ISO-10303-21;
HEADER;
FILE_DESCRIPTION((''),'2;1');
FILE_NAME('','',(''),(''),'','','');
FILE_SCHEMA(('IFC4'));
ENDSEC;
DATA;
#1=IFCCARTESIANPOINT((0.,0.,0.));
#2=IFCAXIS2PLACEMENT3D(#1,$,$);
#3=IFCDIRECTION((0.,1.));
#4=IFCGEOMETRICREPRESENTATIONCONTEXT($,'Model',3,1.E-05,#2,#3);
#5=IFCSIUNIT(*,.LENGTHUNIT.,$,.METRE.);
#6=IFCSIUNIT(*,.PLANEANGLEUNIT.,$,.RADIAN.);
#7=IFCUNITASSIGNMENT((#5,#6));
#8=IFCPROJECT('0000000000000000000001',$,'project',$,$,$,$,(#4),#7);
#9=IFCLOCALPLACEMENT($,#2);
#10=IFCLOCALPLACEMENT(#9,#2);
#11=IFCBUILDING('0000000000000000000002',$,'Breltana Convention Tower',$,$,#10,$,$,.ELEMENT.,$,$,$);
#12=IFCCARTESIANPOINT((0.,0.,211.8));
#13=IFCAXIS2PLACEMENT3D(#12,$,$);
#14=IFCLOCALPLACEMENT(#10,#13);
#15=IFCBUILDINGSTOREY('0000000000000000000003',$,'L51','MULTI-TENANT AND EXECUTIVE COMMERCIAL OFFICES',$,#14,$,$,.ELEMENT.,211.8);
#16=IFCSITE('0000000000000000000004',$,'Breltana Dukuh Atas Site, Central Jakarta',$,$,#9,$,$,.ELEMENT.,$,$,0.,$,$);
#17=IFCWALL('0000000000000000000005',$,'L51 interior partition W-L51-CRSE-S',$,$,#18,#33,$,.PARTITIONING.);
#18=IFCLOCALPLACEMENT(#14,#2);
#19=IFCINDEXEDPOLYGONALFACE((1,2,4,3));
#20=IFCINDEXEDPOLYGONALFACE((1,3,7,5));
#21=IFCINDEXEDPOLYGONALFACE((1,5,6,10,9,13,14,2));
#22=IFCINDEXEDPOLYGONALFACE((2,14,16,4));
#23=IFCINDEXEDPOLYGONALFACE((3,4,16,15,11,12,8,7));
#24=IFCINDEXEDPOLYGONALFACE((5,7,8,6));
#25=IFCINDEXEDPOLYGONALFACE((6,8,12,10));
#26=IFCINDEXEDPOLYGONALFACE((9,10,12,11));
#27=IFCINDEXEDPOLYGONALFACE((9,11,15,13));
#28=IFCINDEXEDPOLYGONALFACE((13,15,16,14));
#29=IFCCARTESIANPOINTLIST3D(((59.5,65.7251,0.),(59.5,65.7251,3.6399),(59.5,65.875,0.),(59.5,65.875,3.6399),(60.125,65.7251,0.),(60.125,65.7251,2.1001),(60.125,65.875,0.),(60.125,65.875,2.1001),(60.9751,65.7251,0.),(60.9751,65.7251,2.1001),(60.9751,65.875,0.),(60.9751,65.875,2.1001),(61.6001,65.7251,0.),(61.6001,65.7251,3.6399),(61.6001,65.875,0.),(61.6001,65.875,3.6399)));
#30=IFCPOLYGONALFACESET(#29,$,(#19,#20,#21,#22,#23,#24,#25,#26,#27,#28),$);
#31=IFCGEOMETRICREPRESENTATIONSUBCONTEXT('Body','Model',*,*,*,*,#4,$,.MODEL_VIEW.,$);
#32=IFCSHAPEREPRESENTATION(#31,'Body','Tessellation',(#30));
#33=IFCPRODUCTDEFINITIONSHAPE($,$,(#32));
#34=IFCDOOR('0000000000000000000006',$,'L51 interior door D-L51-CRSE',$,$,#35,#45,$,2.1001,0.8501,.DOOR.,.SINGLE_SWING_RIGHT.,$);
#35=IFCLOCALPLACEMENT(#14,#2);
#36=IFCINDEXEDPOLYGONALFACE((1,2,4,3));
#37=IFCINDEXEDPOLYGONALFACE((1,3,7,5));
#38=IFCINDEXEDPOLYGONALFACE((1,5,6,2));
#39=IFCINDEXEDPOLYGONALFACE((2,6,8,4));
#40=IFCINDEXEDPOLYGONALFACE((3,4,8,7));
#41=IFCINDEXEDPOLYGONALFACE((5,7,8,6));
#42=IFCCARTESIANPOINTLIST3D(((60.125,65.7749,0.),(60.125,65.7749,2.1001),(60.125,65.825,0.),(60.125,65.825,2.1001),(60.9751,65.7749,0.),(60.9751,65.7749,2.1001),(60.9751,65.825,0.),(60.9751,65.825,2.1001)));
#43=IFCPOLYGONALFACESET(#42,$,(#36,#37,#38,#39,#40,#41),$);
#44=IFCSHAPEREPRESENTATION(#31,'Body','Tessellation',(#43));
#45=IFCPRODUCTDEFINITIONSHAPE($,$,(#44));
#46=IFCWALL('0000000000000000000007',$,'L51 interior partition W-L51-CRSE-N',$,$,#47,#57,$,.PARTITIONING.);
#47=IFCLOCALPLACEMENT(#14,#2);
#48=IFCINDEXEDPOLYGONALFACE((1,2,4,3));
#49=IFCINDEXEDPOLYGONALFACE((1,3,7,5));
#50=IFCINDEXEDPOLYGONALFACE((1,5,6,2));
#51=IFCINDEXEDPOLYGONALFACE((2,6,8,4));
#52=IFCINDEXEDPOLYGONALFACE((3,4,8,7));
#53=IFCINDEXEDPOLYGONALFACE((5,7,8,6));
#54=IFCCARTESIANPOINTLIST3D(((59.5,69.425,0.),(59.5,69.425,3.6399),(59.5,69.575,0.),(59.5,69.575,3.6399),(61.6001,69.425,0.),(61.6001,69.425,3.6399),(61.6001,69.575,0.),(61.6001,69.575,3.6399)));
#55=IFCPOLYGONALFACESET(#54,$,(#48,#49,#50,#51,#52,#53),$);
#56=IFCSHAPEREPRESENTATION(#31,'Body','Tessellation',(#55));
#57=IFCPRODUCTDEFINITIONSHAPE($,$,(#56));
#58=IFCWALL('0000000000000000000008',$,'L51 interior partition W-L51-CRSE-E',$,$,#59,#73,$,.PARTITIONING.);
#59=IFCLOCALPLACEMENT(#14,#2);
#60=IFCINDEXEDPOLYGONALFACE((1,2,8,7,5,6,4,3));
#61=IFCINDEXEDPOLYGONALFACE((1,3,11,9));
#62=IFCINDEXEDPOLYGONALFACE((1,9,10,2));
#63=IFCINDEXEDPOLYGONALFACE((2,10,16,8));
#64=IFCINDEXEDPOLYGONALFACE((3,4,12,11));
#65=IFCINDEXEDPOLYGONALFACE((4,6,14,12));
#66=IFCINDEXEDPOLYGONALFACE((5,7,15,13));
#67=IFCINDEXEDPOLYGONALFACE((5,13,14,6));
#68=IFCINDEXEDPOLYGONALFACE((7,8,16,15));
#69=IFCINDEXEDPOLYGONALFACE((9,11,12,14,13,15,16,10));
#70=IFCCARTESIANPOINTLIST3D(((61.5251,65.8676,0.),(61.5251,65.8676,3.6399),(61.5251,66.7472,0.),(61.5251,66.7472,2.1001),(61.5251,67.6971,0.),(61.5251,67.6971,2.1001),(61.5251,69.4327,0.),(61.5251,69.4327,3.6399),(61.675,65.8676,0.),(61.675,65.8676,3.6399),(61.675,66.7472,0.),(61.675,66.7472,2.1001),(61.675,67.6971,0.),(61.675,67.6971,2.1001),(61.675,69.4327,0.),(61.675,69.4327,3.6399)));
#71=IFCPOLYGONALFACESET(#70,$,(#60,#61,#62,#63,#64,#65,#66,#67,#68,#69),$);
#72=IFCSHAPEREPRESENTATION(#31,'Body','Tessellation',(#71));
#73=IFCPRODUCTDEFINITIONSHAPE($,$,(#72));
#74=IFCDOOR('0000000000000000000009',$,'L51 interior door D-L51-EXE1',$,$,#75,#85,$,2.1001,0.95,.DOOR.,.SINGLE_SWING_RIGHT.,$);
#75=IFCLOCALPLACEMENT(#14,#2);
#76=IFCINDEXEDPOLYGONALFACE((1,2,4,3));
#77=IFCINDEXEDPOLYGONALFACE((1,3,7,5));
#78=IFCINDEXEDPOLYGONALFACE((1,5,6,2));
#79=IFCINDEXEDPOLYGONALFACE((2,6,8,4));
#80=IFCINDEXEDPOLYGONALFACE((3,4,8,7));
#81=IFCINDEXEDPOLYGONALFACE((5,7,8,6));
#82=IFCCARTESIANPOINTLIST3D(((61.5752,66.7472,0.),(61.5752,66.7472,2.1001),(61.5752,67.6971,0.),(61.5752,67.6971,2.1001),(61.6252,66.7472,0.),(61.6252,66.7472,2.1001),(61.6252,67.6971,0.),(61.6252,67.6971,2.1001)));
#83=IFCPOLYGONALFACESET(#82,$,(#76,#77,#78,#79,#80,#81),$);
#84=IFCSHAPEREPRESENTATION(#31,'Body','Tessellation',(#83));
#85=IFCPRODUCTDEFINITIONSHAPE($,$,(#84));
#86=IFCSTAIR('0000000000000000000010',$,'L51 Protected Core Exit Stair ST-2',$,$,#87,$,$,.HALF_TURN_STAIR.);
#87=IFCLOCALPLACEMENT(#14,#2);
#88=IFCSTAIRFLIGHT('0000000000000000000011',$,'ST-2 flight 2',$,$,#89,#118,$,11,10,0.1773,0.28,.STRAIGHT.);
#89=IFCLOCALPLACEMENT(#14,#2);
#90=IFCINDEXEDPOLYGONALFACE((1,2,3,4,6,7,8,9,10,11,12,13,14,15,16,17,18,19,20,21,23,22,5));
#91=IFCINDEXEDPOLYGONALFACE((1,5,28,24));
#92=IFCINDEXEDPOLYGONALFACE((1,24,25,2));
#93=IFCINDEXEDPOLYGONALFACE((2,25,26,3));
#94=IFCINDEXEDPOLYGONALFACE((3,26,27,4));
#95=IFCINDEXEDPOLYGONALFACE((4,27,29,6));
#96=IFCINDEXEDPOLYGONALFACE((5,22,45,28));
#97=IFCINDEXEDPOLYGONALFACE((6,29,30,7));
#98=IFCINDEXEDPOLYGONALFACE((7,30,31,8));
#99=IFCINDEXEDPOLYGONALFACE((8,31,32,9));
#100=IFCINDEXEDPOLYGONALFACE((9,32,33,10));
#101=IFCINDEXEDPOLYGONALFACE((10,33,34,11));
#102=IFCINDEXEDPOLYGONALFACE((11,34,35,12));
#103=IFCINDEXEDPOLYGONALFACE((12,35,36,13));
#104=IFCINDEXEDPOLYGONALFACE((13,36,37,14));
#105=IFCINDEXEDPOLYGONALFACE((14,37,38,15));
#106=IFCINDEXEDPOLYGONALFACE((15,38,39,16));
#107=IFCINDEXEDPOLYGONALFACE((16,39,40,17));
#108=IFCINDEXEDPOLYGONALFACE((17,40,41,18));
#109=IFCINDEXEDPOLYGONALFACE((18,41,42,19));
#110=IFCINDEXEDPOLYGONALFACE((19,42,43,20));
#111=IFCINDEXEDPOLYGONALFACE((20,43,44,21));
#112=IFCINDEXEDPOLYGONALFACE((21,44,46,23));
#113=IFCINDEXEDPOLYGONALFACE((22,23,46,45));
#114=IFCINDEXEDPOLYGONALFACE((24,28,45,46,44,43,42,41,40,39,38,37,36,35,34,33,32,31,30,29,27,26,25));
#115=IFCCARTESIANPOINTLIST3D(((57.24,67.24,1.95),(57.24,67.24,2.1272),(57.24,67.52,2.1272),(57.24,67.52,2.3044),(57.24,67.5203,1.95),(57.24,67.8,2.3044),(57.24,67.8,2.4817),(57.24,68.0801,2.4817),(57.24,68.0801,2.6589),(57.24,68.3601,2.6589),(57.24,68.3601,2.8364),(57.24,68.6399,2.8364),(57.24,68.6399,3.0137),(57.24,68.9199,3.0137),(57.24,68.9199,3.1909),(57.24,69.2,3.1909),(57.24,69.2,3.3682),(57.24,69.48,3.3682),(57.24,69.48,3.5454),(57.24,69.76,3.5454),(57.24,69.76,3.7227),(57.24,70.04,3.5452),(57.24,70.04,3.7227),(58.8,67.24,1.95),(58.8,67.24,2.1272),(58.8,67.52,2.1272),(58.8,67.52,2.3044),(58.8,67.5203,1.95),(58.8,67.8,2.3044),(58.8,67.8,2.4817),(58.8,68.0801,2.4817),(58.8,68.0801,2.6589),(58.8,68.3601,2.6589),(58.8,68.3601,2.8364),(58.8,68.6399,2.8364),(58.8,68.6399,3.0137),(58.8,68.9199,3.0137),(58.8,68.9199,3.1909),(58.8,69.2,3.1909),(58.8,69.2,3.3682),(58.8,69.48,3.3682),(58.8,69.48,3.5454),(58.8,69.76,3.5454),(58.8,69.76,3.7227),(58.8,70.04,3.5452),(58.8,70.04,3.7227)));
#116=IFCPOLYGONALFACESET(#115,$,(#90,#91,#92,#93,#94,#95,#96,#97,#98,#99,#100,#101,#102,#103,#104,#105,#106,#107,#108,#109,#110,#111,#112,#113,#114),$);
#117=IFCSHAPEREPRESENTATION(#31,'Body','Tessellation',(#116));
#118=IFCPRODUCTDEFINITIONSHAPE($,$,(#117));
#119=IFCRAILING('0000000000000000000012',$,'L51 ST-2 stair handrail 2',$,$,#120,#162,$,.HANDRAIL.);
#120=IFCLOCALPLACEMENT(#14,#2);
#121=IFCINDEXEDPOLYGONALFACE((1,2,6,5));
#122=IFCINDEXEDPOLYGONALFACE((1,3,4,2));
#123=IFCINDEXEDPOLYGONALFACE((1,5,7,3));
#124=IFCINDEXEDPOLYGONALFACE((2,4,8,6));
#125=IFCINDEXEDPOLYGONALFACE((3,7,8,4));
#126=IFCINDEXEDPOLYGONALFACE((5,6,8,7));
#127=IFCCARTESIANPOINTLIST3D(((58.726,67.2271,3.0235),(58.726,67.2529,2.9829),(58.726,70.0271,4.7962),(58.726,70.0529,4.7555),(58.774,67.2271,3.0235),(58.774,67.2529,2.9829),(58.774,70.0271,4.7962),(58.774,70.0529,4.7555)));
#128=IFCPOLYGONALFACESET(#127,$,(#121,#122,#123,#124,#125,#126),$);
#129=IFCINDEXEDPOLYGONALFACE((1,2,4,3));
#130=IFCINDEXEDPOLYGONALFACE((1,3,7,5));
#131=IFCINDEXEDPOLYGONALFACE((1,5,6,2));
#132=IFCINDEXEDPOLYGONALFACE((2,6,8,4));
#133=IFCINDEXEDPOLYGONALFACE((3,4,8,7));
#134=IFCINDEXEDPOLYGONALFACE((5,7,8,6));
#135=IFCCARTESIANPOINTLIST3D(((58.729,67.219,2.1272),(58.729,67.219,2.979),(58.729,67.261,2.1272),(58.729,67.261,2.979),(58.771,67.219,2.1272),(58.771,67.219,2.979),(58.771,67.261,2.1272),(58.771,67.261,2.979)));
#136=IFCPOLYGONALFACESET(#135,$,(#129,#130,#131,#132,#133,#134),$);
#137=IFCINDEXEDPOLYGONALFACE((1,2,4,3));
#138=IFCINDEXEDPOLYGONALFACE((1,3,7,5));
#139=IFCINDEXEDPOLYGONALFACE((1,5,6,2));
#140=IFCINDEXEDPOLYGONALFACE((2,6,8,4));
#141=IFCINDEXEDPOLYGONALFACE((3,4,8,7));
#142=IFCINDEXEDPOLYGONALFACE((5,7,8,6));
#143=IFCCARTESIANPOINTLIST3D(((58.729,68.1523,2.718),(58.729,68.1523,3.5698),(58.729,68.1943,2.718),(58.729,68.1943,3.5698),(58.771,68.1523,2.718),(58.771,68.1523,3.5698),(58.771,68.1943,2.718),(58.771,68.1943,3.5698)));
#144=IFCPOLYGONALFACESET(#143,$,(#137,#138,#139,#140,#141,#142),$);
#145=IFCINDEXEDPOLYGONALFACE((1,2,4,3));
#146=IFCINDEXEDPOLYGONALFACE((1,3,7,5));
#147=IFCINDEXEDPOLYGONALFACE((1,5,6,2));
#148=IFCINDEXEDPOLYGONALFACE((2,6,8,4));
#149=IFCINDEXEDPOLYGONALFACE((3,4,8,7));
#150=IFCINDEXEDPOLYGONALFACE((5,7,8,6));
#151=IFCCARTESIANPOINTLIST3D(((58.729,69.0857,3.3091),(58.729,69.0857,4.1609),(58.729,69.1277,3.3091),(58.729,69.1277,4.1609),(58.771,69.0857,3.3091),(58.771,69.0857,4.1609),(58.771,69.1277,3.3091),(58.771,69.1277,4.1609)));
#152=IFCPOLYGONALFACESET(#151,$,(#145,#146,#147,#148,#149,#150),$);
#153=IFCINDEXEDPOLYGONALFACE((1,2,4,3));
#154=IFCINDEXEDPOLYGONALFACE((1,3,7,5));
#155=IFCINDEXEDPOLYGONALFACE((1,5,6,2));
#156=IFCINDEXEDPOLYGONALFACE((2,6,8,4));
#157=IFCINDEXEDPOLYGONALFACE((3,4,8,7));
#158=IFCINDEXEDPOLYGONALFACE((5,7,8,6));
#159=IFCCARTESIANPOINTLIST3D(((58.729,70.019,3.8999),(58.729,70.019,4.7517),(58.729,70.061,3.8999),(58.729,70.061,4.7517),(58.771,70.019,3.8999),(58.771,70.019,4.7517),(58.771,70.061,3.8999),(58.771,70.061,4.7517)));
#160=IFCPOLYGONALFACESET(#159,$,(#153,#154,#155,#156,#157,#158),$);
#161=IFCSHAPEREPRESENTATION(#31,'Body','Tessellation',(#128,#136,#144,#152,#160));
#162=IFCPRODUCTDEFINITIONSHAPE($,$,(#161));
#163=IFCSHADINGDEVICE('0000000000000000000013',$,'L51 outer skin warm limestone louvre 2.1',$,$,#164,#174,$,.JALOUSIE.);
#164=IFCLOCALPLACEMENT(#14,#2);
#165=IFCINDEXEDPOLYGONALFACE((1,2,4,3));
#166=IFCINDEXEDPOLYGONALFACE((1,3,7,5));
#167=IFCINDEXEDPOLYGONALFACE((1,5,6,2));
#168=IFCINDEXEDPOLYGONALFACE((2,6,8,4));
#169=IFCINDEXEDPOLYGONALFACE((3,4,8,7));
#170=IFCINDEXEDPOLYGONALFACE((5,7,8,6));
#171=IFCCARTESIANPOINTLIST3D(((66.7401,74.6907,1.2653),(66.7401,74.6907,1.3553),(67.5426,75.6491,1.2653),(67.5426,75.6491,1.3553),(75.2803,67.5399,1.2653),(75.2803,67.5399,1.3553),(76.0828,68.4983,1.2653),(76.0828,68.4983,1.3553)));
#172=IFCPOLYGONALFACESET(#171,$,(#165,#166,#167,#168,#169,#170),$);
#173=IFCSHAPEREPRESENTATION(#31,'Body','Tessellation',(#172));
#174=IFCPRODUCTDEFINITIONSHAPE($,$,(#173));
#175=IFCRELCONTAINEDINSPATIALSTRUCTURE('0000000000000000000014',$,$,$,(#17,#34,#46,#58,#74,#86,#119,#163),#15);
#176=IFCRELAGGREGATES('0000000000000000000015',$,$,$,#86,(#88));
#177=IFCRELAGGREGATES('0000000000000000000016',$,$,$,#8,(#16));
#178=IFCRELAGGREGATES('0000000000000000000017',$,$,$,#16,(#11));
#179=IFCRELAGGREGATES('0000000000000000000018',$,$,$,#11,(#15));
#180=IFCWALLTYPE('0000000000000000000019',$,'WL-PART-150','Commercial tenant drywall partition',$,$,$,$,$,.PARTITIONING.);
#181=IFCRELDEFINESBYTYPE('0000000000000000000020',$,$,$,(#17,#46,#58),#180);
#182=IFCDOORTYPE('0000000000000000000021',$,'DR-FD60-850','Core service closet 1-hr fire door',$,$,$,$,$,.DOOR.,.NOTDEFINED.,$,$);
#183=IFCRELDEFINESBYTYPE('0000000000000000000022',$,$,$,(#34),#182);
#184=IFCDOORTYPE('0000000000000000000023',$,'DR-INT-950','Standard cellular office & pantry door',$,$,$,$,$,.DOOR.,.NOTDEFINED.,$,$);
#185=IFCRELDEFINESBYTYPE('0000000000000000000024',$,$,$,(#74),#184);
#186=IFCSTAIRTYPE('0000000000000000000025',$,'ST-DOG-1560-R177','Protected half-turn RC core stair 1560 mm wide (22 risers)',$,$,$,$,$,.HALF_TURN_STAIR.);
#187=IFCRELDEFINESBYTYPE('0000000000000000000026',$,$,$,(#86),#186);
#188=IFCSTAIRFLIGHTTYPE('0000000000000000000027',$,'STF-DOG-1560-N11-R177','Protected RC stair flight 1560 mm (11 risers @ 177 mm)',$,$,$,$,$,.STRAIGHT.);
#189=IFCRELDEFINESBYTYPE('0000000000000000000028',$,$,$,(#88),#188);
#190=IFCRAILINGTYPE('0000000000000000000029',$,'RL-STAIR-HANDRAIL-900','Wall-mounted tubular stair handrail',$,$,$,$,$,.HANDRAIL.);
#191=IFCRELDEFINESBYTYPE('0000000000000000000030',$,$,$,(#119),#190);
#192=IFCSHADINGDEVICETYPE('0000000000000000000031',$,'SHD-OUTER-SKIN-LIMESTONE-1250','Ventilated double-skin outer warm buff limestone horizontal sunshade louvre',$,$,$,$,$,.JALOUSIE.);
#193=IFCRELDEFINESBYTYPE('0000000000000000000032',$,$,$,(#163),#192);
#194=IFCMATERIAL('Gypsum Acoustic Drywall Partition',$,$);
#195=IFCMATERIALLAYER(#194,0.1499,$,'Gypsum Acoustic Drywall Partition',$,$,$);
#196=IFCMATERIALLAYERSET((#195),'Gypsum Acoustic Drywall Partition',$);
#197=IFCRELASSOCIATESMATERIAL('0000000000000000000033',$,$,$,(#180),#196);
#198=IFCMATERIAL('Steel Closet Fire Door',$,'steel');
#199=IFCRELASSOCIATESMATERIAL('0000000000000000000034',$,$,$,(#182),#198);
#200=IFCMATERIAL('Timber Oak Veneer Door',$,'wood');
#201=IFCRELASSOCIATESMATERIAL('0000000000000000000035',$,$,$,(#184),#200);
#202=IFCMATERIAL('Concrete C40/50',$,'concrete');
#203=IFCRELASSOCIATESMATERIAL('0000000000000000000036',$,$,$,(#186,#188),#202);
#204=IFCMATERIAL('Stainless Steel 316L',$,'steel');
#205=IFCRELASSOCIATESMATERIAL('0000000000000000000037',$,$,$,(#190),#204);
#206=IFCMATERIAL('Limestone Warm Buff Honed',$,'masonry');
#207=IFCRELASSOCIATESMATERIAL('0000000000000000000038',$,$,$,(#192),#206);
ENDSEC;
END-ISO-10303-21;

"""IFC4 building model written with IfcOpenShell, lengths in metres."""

from ifc_helpers import new_model, si_unit, direction, frame, frame_2d, origin, origin_2d, place, context, subcontext, project, spatial, polyline, rectangle, outline, extrude, source, transform, mapped, material, layer, layer_set, material_profile, profile_set, type_object, type_shapes, element, fill, aggregate, save


model = new_model("IFC4")

# Units and contexts
model_context = context("Model", 3, precision=1e-05, world=origin(), true_north=direction((0.0, 1.0)))
body_context = subcontext(model_context, "Body", "Model", "MODEL_VIEW")
ifc_project = project(units=[si_unit("LENGTHUNIT", "METRE"), si_unit("PLANEANGLEUNIT", "RADIAN")], contexts=[model_context])

# Site, building, storey
site_placement = place(None, origin())
site = spatial("IfcSite", under=ifc_project, at=site_placement, Name="Breltana Dukuh Atas Site, Central Jakarta", CompositionType="ELEMENT", RefElevation=0.0)
building_placement = place(site_placement, origin())
building = spatial("IfcBuilding", under=site, at=building_placement, Name="Breltana Convention Tower", CompositionType="ELEMENT")
storey_placement = place(building_placement, frame((0.0, 0.0, 211.8)))
storey = spatial("IfcBuildingStorey", under=building, at=storey_placement, Name="L51", Description="MULTI-TENANT AND EXECUTIVE COMMERCIAL OFFICES", CompositionType="ELEMENT", Elevation=211.8)

# Wall, opening, door
ifc_material_1 = material(Name="Gypsum Acoustic Drywall Partition")
ifc_layer_1 = layer(ifc_material_1, 0.1499, Name="Gypsum Acoustic Drywall Partition")
ifc_layer_set_1 = layer_set([ifc_layer_1], Name="Gypsum Acoustic Drywall Partition")
wall_type_1 = type_object("IfcWallType", Name="WL-PART-150", Description="Commercial tenant drywall partition", PredefinedType="PARTITIONING", material=ifc_layer_set_1)
shared_shape_1 = source(origin(), body_context, "Body", "SweptSolid", [
    extrude(rectangle(XDim=2.1001, YDim=0.1499, at=frame_2d((1.05, 0.0))), origin(), (0.0, 0.0, 1.0), 3.6399),
])
wall_1_placement = place(storey_placement, frame((59.5, 65.8, 0.0), z_axis=(0.0, 0.0, 1.0), x_axis=(1.0, 0.0, 0.0)))
wall_1 = element("IfcWall", 1, at=wall_1_placement, inside=storey, type_object=wall_type_1, Name="L51 interior partition W-L51-CRSE-S", PredefinedType="PARTITIONING", context=body_context, shape_type="MappedRepresentation", body=[
    mapped(shared_shape_1, transform((0.0, 0.0, 0.0), scale=1.0)),
])
opening_1_placement = place(wall_1_placement, frame((0.625, 0.0, 0.0)))
opening_1 = element("IfcOpeningElement", 2, at=opening_1_placement, cuts=wall_1, PredefinedType="OPENING", context=body_context, shape_type="SweptSolid", body=[
    extrude(rectangle(XDim=0.8501, YDim=2.1001, at=frame_2d((0.425, 1.05))), frame((0.0, 0.085, 0.0), z_axis=(0.0, -1.0, 0.0), x_axis=(1.0, 0.0, 0.0)), (0.0, 0.0, 1.0), 0.1699),
])
ifc_material_2 = material(Name="Steel Closet Fire Door", Category="steel")
door_type_1 = type_object("IfcDoorType", Name="DR-FD60-850", Description="Core service closet 1-hr fire door", OperationType="NOTDEFINED", PredefinedType="DOOR", material=ifc_material_2)
shared_shape_2 = source(origin(), body_context, "Body", "SweptSolid", [
    extrude(rectangle(XDim=0.8501, YDim=2.1001, at=frame_2d((0.425, 1.05))), frame((0.0, 0.0249, 0.0), z_axis=(0.0, -1.0, 0.0), x_axis=(1.0, 0.0, 0.0)), (0.0, 0.0, 1.0), 0.05),
])
type_shapes(door_type_1, [shared_shape_2])
door_1_placement = place(opening_1_placement, origin())
door_1 = element("IfcDoor", 3, at=door_1_placement, inside=storey, type_object=door_type_1, Name="L51 interior door D-L51-CRSE", OperationType="SINGLE_SWING_RIGHT", OverallHeight=2.1001, OverallWidth=0.8501, PredefinedType="DOOR", context=body_context, shape_type="MappedRepresentation", body=[
    mapped(shared_shape_2, transform((0.0, 0.0, 0.0), scale=1.0)),
])
fill(opening_1, door_1)

# Wall
wall_2_placement = place(storey_placement, frame((59.5, 69.5, 0.0), z_axis=(0.0, 0.0, 1.0), x_axis=(1.0, 0.0, 0.0)))
element("IfcWall", 4, at=wall_2_placement, inside=storey, type_object=wall_type_1, Name="L51 interior partition W-L51-CRSE-N", PredefinedType="PARTITIONING", context=body_context, shape_type="MappedRepresentation", body=[
    mapped(shared_shape_1, transform((0.0, 0.0, 0.0), scale=1.0)),
])

# Wall, opening, door
shared_shape_3 = source(origin(), body_context, "Body", "SweptSolid", [
    extrude(rectangle(XDim=3.5652, YDim=0.1499, at=frame_2d((1.7827, 0.0))), origin(), (0.0, 0.0, 1.0), 3.6399),
])
wall_3_placement = place(storey_placement, frame((61.6001, 65.8674, 0.0), z_axis=(0.0, 0.0, 1.0), x_axis=(0.0, 1.0, 0.0)))
wall_3 = element("IfcWall", 5, at=wall_3_placement, inside=storey, type_object=wall_type_1, Name="L51 interior partition W-L51-CRSE-E", PredefinedType="PARTITIONING", context=body_context, shape_type="MappedRepresentation", body=[
    mapped(shared_shape_3, transform((0.0, 0.0, 0.0), scale=1.0)),
])
opening_2_placement = place(wall_3_placement, frame((0.8796, 0.0, 0.0)))
opening_2 = element("IfcOpeningElement", 6, at=opening_2_placement, cuts=wall_3, PredefinedType="OPENING", context=body_context, shape_type="SweptSolid", body=[
    extrude(rectangle(XDim=0.95, YDim=2.1001, at=frame_2d((0.4751, 1.05))), frame((0.0, 0.085, 0.0), z_axis=(0.0, -1.0, 0.0), x_axis=(1.0, 0.0, 0.0)), (0.0, 0.0, 1.0), 0.1699),
])
ifc_material_3 = material(Name="Timber Oak Veneer Door", Category="wood")
door_type_2 = type_object("IfcDoorType", Name="DR-INT-950", Description="Standard cellular office & pantry door", OperationType="NOTDEFINED", PredefinedType="DOOR", material=ifc_material_3)
shared_shape_4 = source(origin(), body_context, "Body", "SweptSolid", [
    extrude(rectangle(XDim=0.95, YDim=2.1001, at=frame_2d((0.4751, 1.05))), frame((0.0, 0.0249, 0.0), z_axis=(0.0, -1.0, 0.0), x_axis=(1.0, 0.0, 0.0)), (0.0, 0.0, 1.0), 0.05),
])
type_shapes(door_type_2, [shared_shape_4])
door_2_placement = place(opening_2_placement, origin())
door_2 = element("IfcDoor", 7, at=door_2_placement, inside=storey, type_object=door_type_2, Name="L51 interior door D-L51-EXE1", OperationType="SINGLE_SWING_RIGHT", OverallHeight=2.1001, OverallWidth=0.95, PredefinedType="DOOR", context=body_context, shape_type="MappedRepresentation", body=[
    mapped(shared_shape_4, transform((0.0, 0.0, 0.0), scale=1.0)),
])
fill(opening_2, door_2)

# Stair, stair flight
ifc_material_4 = material(Name="Concrete C40/50", Category="concrete")
stair_type = type_object("IfcStairType", Name="ST-DOG-1560-R177", Description="Protected half-turn RC core stair 1560 mm wide (22 risers)", PredefinedType="HALF_TURN_STAIR", material=ifc_material_4)
stair_placement = place(storey_placement, origin())
stair = element("IfcStair", 8, at=stair_placement, inside=storey, type_object=stair_type, Name="L51 Protected Core Exit Stair ST-2", PredefinedType="HALF_TURN_STAIR")
stair_flight_type = type_object("IfcStairFlightType", Name="STF-DOG-1560-N11-R177", Description="Protected RC stair flight 1560 mm (11 risers @ 177 mm)", PredefinedType="STRAIGHT", material=ifc_material_4)
stair_flight_placement = place(storey_placement, frame((58.02, 67.24, 1.95), z_axis=(0.0, 0.0, 1.0), x_axis=(0.0, 1.0, 0.0)))
stair_flight = element("IfcStairFlight", 9, at=stair_flight_placement, type_object=stair_flight_type, Name="ST-2 flight 2", NumberOfRisers=11, NumberOfTreads=10, PredefinedType="STRAIGHT", RiserHeight=0.1773, TreadLength=0.28, context=body_context, shape_type="SweptSolid", body=[
    extrude(outline(polyline([(0.0, 0.0), (0.0, 0.1772), (0.28, 0.1772), (0.28, 0.3545), (0.5601, 0.3545), (0.5601, 0.5317), (0.8401, 0.5317), (0.8401, 0.709), (1.1201, 0.709), (1.1201, 0.8865), (1.3999, 0.8865), (1.3999, 1.0637), (1.6799, 1.0637), (1.6799, 1.241), (1.96, 1.241), (1.96, 1.4182), (2.24, 1.4182), (2.24, 1.5955), (2.52, 1.5955), (2.52, 1.7727), (2.8, 1.7727), (2.8, 1.95), (2.8, 1.5952), (0.2803, 0.0), (0.0, 0.0)])), frame((0.0, 0.78, 0.0), z_axis=(0.0, -1.0, 0.0), x_axis=(1.0, 0.0, 0.0)), (0.0, 0.0, 1.0), 1.5601),
])
aggregate(stair, [stair_flight])

# Railing
ifc_material_5 = material(Name="Stainless Steel 316L", Category="steel")
railing_type = type_object("IfcRailingType", Name="RL-STAIR-HANDRAIL-900", Description="Wall-mounted tubular stair handrail", PredefinedType="HANDRAIL", material=ifc_material_5)
railing_placement = place(storey_placement, frame((58.75, 67.24, 2.1272)))
element("IfcRailing", 10, at=railing_placement, inside=storey, type_object=railing_type, Name="L51 ST-2 stair handrail 2", PredefinedType="HANDRAIL", context=body_context, shape_type="SweptSolid", body=[
    extrude(rectangle(XDim=0.0481, YDim=0.0481, at=origin_2d()), frame((0.0, 0.0, 0.876), z_axis=(0.0, 0.844909, 0.53491), x_axis=(-1.0, 0.0, 0.0)), (0.0, 0.0, 1.0), 3.314),
    extrude(rectangle(XDim=0.042, YDim=0.042, at=origin_2d()), origin(), (0.0, 0.0, 1.0), 0.8518),
    extrude(rectangle(XDim=0.042, YDim=0.042, at=origin_2d()), frame((0.0, 0.9333, 0.5908)), (0.0, 0.0, 1.0), 0.8518),
    extrude(rectangle(XDim=0.042, YDim=0.042, at=origin_2d()), frame((0.0, 1.8667, 1.1819)), (0.0, 0.0, 1.0), 0.8518),
    extrude(rectangle(XDim=0.042, YDim=0.042, at=origin_2d()), frame((0.0, 2.8, 1.7727)), (0.0, 0.0, 1.0), 0.8518),
])

# Shading device
ifc_material_6 = material(Name="Limestone Warm Buff Honed", Category="masonry")
ifc_material_profile_1 = material_profile(ifc_material_6, rectangle(XDim=1.25, YDim=0.0901, at=origin_2d()), Name="STN-LVR-1250X90")
ifc_profile_set_1 = profile_set([ifc_material_profile_1], Name="Limestone Warm Buff Honed")
shading_device_type = type_object("IfcShadingDeviceType", Name="SHD-OUTER-SKIN-LIMESTONE-1250", Description="Ventilated double-skin outer warm buff limestone horizontal sunshade louvre", PredefinedType="JALOUSIE", material=ifc_profile_set_1)
shared_shape_5 = source(origin(), body_context, "Body", "SweptSolid", [
    extrude(rectangle(XDim=1.25, YDim=0.0901, at=origin_2d()), origin(), (0.0, 0.0, 1.0), 11.1387),
])
for number, where, z_axis, x_axis, name in (
    (11, (67.1414, 75.1699, 1.3103), (0.766719, -0.641983, 0.0), (0.641983, 0.766719, 0.0), "L51 outer skin warm limestone louvre 2.1"),
):
    element("IfcShadingDevice", number, at=place(storey_placement, frame(where, z_axis=z_axis, x_axis=x_axis)), inside=storey, type_object=shading_device_type, Name=name, PredefinedType="JALOUSIE", context=body_context, shape_type="MappedRepresentation", body=[
        mapped(shared_shape_5, transform((0.0, 0.0, 0.0), scale=1.0)),
    ])

save(model, "model.ifc")
